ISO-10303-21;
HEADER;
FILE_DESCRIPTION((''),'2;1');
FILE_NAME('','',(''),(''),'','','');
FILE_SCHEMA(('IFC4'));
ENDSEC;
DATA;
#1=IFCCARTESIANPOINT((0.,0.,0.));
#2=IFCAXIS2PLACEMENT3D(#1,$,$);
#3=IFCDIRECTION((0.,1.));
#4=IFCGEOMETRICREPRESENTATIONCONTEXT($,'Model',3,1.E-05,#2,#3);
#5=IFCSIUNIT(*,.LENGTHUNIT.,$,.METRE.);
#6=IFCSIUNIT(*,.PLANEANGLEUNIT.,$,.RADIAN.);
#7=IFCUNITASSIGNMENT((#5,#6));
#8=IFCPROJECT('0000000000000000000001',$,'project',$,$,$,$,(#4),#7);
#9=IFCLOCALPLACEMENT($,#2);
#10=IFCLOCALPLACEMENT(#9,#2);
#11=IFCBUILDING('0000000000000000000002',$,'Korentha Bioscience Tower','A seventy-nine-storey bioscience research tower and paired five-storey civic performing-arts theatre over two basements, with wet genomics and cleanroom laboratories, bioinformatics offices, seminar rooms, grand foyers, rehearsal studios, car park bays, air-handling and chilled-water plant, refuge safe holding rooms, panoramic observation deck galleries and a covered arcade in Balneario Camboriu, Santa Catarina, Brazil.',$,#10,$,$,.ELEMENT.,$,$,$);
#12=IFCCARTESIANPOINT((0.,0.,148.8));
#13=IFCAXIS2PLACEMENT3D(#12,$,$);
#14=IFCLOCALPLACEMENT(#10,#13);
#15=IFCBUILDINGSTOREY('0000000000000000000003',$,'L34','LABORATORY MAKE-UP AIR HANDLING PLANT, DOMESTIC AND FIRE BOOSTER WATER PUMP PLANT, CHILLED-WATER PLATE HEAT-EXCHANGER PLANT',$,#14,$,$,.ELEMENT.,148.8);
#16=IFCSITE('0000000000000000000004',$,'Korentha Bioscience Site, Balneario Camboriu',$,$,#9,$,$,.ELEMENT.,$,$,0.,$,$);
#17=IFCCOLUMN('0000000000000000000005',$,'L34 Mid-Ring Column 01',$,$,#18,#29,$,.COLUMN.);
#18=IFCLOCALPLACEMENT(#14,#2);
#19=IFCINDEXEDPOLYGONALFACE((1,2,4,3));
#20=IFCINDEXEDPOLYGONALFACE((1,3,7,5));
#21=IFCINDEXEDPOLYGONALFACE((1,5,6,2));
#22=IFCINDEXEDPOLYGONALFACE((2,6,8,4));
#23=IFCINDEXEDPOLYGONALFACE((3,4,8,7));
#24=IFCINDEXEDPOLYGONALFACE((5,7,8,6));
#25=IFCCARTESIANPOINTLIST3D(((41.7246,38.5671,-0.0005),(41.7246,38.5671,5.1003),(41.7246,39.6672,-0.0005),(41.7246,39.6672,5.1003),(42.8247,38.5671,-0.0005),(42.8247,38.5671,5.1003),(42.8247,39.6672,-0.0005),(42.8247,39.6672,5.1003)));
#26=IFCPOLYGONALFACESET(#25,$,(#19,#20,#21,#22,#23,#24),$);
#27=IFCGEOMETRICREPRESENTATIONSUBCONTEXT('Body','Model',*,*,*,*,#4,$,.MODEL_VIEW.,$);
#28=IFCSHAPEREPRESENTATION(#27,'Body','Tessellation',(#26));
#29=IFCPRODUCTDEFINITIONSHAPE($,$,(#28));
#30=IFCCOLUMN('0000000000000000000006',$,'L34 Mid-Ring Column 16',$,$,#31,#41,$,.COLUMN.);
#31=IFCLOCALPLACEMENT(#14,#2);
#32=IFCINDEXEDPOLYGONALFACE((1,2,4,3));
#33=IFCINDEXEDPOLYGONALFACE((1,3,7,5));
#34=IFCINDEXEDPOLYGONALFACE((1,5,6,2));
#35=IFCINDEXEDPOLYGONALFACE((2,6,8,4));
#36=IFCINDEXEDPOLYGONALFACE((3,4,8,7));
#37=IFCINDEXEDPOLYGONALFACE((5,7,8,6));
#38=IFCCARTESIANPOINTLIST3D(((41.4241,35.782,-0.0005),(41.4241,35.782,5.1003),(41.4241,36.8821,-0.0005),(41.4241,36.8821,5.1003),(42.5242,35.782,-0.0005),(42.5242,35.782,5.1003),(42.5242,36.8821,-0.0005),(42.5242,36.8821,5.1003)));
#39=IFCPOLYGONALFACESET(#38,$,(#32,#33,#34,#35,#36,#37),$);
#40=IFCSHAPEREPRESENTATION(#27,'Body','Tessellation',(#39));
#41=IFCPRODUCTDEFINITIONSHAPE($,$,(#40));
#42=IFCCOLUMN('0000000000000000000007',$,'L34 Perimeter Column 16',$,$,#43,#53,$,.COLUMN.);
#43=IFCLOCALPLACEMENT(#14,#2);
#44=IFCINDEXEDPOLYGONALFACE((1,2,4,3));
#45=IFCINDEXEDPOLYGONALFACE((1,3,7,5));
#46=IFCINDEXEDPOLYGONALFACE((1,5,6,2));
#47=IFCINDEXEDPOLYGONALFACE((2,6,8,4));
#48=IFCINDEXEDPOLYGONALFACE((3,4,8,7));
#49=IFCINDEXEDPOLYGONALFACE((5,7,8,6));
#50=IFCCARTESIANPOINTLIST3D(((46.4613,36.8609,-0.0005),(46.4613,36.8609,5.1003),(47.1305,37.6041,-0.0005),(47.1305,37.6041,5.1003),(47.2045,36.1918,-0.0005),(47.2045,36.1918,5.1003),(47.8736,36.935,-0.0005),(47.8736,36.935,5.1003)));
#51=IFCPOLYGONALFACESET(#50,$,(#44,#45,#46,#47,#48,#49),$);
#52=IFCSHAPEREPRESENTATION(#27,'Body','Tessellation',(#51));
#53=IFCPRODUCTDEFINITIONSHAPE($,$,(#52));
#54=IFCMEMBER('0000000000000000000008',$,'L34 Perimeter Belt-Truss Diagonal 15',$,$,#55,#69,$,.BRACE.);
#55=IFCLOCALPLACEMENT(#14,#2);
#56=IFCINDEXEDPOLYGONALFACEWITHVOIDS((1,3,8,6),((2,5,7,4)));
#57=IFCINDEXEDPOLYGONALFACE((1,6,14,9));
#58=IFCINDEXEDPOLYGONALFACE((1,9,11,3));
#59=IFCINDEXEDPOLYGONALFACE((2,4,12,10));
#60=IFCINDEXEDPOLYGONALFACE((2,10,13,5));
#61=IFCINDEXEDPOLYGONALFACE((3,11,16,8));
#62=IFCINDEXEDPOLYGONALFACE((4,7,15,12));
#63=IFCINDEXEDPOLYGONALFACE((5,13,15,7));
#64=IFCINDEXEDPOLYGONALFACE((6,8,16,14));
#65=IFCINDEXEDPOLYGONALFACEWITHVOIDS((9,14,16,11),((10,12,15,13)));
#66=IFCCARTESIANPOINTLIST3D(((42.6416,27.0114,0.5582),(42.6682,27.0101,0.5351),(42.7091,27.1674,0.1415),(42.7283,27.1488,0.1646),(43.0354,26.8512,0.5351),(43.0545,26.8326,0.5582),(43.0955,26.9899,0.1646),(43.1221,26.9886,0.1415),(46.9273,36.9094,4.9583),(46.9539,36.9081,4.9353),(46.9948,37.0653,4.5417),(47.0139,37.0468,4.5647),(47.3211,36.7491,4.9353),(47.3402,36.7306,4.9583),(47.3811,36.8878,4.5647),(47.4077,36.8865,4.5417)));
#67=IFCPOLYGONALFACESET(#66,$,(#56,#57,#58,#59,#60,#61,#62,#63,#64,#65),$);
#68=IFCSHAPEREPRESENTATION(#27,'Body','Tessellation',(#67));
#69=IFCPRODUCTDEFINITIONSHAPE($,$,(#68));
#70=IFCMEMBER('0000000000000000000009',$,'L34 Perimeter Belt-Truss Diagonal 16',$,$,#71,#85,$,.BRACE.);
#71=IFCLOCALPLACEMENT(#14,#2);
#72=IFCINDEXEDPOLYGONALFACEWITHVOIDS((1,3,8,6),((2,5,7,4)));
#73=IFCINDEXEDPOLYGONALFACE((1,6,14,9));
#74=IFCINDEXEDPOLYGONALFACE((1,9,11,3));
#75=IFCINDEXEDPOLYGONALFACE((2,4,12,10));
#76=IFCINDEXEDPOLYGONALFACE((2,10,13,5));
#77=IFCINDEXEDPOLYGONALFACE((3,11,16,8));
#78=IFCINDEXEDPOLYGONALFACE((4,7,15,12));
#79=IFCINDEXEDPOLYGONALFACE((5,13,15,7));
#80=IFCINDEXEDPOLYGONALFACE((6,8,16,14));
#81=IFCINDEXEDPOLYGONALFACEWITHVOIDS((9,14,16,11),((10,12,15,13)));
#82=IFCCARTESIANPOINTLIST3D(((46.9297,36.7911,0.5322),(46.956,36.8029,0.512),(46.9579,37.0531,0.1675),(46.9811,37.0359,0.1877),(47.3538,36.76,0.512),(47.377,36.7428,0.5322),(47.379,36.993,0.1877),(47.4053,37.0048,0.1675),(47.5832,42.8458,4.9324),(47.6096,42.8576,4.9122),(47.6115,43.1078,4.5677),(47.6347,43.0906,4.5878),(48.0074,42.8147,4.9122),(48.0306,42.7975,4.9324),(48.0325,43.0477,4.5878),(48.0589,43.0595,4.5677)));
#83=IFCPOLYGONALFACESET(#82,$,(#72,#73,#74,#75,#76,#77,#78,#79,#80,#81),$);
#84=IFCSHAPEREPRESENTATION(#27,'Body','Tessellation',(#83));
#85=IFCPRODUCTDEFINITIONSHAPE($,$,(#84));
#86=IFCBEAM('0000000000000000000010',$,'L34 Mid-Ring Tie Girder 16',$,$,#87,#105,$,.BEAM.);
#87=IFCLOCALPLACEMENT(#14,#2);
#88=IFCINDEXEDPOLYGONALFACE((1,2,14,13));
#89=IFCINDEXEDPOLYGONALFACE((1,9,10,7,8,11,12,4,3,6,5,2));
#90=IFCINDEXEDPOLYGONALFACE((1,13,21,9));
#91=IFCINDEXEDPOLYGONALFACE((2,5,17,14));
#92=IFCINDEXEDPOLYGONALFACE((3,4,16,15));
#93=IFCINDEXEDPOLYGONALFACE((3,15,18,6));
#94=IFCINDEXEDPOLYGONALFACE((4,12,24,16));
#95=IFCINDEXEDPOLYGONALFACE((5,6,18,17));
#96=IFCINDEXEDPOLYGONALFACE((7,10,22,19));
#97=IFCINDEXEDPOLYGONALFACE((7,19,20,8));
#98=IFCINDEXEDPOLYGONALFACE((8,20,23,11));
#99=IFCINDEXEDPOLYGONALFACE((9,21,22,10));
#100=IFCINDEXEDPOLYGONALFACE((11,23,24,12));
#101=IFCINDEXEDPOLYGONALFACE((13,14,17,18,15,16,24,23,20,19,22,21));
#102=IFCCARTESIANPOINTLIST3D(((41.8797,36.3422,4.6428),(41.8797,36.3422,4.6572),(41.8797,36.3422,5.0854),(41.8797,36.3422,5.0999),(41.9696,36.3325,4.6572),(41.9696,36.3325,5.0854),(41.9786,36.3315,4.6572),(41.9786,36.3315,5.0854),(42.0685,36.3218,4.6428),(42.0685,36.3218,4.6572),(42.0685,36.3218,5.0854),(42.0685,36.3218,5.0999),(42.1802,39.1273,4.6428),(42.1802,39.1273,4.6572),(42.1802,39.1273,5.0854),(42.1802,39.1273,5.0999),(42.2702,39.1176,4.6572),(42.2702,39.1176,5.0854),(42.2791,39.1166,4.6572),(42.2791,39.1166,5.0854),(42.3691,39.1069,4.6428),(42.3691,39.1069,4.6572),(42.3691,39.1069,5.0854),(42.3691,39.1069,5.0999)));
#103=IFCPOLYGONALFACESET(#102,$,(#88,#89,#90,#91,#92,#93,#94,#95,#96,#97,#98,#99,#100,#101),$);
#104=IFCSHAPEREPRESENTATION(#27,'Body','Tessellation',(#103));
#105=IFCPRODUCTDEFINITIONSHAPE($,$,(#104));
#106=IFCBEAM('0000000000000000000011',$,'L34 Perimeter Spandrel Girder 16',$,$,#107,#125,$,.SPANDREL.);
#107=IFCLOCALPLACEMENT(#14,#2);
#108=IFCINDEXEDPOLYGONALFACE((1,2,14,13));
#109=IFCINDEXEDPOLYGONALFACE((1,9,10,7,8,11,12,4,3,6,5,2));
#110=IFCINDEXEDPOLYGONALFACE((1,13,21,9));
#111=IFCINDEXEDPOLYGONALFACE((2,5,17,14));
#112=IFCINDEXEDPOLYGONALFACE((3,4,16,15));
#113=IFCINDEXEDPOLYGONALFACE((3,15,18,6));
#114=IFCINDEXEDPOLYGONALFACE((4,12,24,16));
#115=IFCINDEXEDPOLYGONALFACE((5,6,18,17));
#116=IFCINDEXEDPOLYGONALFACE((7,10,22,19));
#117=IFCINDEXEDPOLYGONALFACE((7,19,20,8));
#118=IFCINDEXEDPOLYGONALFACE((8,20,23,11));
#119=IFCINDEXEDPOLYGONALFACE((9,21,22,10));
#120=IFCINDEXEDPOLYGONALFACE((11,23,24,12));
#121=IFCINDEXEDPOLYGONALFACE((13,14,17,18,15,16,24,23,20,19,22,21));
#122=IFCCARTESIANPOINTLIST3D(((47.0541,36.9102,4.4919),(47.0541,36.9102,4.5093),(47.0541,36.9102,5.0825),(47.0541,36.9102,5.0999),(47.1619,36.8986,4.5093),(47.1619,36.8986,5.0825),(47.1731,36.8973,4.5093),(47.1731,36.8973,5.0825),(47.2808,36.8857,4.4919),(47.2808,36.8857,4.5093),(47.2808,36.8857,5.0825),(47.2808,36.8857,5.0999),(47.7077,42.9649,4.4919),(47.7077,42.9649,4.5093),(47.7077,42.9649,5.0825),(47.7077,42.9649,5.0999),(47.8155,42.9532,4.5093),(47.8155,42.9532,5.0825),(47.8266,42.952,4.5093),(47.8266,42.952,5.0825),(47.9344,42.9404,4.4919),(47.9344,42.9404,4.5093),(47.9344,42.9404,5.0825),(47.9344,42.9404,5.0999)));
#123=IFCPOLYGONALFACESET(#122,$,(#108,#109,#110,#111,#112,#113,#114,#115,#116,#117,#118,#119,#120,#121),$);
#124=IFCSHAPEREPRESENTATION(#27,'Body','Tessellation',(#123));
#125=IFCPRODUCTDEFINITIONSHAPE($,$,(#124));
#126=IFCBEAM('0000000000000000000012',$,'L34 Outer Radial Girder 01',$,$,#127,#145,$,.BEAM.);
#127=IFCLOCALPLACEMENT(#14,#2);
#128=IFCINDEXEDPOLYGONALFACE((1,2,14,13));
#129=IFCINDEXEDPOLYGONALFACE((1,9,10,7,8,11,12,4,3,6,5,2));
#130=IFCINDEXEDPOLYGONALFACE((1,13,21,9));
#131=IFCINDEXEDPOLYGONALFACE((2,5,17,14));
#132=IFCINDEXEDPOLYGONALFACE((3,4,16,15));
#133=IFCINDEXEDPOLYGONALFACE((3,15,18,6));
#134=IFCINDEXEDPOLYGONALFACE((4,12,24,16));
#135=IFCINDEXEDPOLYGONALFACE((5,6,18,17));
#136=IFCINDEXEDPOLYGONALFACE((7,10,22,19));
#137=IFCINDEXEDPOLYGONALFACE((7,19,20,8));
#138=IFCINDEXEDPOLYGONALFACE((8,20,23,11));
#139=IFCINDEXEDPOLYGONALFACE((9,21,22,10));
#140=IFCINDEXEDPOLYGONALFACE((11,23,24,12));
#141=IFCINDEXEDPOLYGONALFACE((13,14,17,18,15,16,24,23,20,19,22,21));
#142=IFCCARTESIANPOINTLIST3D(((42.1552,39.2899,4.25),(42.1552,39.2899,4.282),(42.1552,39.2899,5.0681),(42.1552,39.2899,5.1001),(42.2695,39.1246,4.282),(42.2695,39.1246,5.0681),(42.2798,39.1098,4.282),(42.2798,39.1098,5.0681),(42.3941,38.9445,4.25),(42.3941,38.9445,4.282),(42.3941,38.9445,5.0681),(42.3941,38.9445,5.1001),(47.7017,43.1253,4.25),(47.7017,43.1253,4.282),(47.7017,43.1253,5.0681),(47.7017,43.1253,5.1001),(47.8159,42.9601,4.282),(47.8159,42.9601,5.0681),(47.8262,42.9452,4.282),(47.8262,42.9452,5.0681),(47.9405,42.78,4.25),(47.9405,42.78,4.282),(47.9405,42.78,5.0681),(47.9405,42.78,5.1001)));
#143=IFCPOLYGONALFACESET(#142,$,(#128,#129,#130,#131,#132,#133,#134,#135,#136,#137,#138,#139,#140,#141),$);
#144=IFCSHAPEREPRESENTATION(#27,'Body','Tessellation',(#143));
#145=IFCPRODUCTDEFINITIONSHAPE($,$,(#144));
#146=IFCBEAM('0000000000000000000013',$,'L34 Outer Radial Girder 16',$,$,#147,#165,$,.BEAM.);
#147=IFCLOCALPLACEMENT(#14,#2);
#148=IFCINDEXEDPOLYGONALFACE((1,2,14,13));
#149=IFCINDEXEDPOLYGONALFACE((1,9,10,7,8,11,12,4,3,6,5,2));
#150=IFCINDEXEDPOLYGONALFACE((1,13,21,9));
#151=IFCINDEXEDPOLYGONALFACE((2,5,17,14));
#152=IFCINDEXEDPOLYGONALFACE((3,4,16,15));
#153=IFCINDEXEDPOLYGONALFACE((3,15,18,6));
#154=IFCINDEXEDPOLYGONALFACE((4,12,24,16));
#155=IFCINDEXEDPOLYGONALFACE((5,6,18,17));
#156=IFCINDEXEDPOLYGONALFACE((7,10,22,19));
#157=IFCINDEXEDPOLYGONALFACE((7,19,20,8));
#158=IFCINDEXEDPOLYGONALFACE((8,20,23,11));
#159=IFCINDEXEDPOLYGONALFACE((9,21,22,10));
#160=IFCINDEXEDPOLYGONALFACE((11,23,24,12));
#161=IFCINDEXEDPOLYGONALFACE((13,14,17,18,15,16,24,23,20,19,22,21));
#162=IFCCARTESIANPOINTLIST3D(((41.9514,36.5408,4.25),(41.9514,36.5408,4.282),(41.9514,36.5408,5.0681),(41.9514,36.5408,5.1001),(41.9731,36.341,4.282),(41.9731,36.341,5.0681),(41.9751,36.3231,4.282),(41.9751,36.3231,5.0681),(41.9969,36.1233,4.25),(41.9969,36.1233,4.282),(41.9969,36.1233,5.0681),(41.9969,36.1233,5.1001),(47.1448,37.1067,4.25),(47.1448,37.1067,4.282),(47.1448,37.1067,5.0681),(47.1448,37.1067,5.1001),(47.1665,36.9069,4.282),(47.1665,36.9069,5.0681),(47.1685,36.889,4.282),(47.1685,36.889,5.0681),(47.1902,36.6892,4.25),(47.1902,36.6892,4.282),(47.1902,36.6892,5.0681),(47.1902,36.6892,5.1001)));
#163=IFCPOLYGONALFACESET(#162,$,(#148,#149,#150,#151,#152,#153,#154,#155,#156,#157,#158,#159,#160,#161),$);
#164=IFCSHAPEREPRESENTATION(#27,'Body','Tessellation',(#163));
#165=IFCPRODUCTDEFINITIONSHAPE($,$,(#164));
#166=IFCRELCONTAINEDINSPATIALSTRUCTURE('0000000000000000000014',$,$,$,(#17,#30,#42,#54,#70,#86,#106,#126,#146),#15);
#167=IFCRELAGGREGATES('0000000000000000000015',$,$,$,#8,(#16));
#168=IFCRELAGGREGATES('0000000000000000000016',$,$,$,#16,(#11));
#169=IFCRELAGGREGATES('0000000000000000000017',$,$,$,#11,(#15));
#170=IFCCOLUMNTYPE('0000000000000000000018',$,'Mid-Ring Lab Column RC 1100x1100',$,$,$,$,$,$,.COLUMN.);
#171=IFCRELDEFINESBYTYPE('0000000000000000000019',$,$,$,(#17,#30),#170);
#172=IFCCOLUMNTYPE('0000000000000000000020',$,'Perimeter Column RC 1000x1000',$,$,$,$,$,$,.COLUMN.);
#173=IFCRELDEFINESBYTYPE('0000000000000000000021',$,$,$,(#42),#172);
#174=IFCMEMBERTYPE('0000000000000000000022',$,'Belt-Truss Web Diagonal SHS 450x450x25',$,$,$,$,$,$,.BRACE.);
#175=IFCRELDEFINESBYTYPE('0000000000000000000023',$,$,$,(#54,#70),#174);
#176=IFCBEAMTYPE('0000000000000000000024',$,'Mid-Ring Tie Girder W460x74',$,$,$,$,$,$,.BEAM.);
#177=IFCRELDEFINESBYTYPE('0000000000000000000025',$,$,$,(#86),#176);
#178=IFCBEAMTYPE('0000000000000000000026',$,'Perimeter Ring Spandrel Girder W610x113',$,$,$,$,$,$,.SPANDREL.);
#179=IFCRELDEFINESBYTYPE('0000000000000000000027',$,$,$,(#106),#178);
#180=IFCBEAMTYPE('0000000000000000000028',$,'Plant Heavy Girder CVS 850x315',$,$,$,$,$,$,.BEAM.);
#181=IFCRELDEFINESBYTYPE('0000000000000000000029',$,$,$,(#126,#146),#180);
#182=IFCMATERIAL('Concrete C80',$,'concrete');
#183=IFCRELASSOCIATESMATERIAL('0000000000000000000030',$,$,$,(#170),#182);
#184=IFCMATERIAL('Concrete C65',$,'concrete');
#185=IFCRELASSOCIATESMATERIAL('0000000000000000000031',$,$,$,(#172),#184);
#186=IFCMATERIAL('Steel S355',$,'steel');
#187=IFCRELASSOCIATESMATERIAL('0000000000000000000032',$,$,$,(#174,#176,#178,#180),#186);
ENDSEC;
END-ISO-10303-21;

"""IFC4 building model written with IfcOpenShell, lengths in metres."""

from ifc_helpers import new_model, si_unit, direction, frame, origin, origin_2d, place, context, subcontext, project, spatial, rectangle, hollow_rectangle, i_section, extrude, material, material_profile, profile_set, type_object, element, save


model = new_model("IFC4")

# Units and contexts
model_context = context("Model", 3, precision=1e-05, world=origin(), true_north=direction((0.0, 1.0)))
body_context = subcontext(model_context, "Body", "Model", "MODEL_VIEW")
ifc_project = project(units=[si_unit("LENGTHUNIT", "METRE"), si_unit("PLANEANGLEUNIT", "RADIAN")], contexts=[model_context])

# Site, building, storey
site_placement = place(None, origin())
site = spatial("IfcSite", under=ifc_project, at=site_placement, Name="Korentha Bioscience Site, Balneario Camboriu", CompositionType="ELEMENT", RefElevation=0.0)
building_placement = place(site_placement, origin())
building = spatial("IfcBuilding", under=site, at=building_placement, Name="Korentha Bioscience Tower", Description="A seventy-nine-storey bioscience research tower and paired five-storey civic performing-arts theatre over two basements, with wet genomics and cleanroom laboratories, bioinformatics offices, seminar rooms, grand foyers, rehearsal studios, car park bays, air-handling and chilled-water plant, refuge safe holding rooms, panoramic observation deck galleries and a covered arcade in Balneario Camboriu, Santa Catarina, Brazil.", CompositionType="ELEMENT")
storey_placement = place(building_placement, frame((0.0, 0.0, 148.8)))
storey = spatial("IfcBuildingStorey", under=building, at=storey_placement, Name="L34", Description="LABORATORY MAKE-UP AIR HANDLING PLANT, DOMESTIC AND FIRE BOOSTER WATER PUMP PLANT, CHILLED-WATER PLATE HEAT-EXCHANGER PLANT", CompositionType="ELEMENT", Elevation=148.8)

# Columns
ifc_material_1 = material(Name="Concrete C80", Category="concrete")
ifc_material_profile_1 = material_profile(ifc_material_1, rectangle(XDim=1.1001, YDim=1.1001, at=origin_2d()), Name="Concrete C80")
ifc_profile_set_1 = profile_set([ifc_material_profile_1], Name="Concrete C80 (COL-MR11)")
column_type_1 = type_object("IfcColumnType", Name="Mid-Ring Lab Column RC 1100x1100", PredefinedType="COLUMN", material=ifc_profile_set_1)
for number, where, z_axis, x_axis, name in (
    (1, (42.2747, 39.1172, -0.0005), (0.0, 0.0, 1.0), (1.0, 0.0, 0.0), "L34 Mid-Ring Column 01"),
    (2, (41.9741, 36.332, -0.0005), (0.0, 0.0, 1.0), (1.0, 0.0, 0.0), "L34 Mid-Ring Column 16"),
):
    element("IfcColumn", number, at=place(storey_placement, frame(where, z_axis=z_axis, x_axis=x_axis)), inside=storey, type_object=column_type_1, Name=name, PredefinedType="COLUMN", context=body_context, shape_type="SweptSolid", body=[
        extrude(rectangle(XDim=1.1001, YDim=1.1001, at=origin_2d()), origin(), (0.0, 0.0, 1.0), 5.1008),
    ])
ifc_material_2 = material(Name="Concrete C65", Category="concrete")
ifc_material_profile_2 = material_profile(ifc_material_2, rectangle(XDim=1.0, YDim=1.0, at=origin_2d()), Name="Concrete C65")
ifc_profile_set_2 = profile_set([ifc_material_profile_2], Name="Concrete C65 (COL-P10)")
column_type_2 = type_object("IfcColumnType", Name="Perimeter Column RC 1000x1000", PredefinedType="COLUMN", material=ifc_profile_set_2)
column_placement = place(storey_placement, frame((47.1675, 36.8979, -0.0005), z_axis=(0.0, 0.0, 1.0), x_axis=(0.669131, 0.743145, 0.0)))
element("IfcColumn", 3, at=column_placement, inside=storey, type_object=column_type_2, Name="L34 Perimeter Column 16", PredefinedType="COLUMN", context=body_context, shape_type="SweptSolid", body=[
    extrude(rectangle(XDim=1.0, YDim=1.0, at=origin_2d()), origin(), (0.0, 0.0, 1.0), 5.1008),
])

# Members
ifc_material_3 = material(Name="Steel S355", Category="steel")
ifc_material_profile_3 = material_profile(ifc_material_3, hollow_rectangle(XDim=0.45, YDim=0.45, WallThickness=0.0249, at=origin_2d()), Name="Steel S355")
ifc_profile_set_3 = profile_set([ifc_material_profile_3], Name="Steel S355 (BT-D450)")
member_type = type_object("IfcMemberType", Name="Belt-Truss Web Diagonal SHS 450x450x25", PredefinedType="BRACE", material=ifc_profile_set_3)
member_1_placement = place(storey_placement, frame((42.8818, 27.0, 0.3499), z_axis=(0.3679, 0.849688, 0.37773), x_axis=(-0.917673, 0.397337, 0.0)))
element("IfcMember", 4, at=member_1_placement, inside=storey, type_object=member_type, Name="L34 Perimeter Belt-Truss Diagonal 15", PredefinedType="BRACE", context=body_context, shape_type="SweptSolid", body=[
    extrude(hollow_rectangle(XDim=0.45, YDim=0.45, WallThickness=0.0249, at=origin_2d()), origin(), (0.0, 0.0, 1.0), 11.6489),
])
member_2_placement = place(storey_placement, frame((47.1675, 36.8979, 0.3499), z_axis=(0.086989, 0.805877, 0.585658), x_axis=(-0.994225, 0.10732, 0.0)))
element("IfcMember", 5, at=member_2_placement, inside=storey, type_object=member_type, Name="L34 Perimeter Belt-Truss Diagonal 16", PredefinedType="BRACE", context=body_context, shape_type="SweptSolid", body=[
    extrude(hollow_rectangle(XDim=0.45, YDim=0.45, WallThickness=0.0249, at=origin_2d()), origin(), (0.0, 0.0, 1.0), 7.5132),
])

# Beams
ifc_material_profile_4 = material_profile(ifc_material_3, i_section(OverallWidth=0.1899, OverallDepth=0.457, WebThickness=0.009, FlangeThickness=0.0144, at=origin_2d()), Name="Steel S355")
ifc_profile_set_4 = profile_set([ifc_material_profile_4], Name="Steel S355 (MB-460)")
beam_type_1 = type_object("IfcBeamType", Name="Mid-Ring Tie Girder W460x74", PredefinedType="BEAM", material=ifc_profile_set_4)
beam_1_placement = place(storey_placement, frame((41.9741, 36.332, 4.8713), z_axis=(0.107284, 0.994228, 0.0), x_axis=(-0.994228, 0.107284, 0.0)))
element("IfcBeam", 6, at=beam_1_placement, inside=storey, type_object=beam_type_1, Name="L34 Mid-Ring Tie Girder 16", PredefinedType="BEAM", context=body_context, shape_type="SweptSolid", body=[
    extrude(i_section(OverallWidth=0.1899, OverallDepth=0.457, WebThickness=0.009, FlangeThickness=0.0144, at=origin_2d()), origin(), (0.0, 0.0, 1.0), 2.8013),
])
ifc_material_profile_5 = material_profile(ifc_material_3, i_section(OverallWidth=0.228, OverallDepth=0.6079, WebThickness=0.0112, FlangeThickness=0.0173, at=origin_2d()), Name="Steel S355")
ifc_profile_set_5 = profile_set([ifc_material_profile_5], Name="Steel S355 (SB-610)")
beam_type_2 = type_object("IfcBeamType", Name="Perimeter Ring Spandrel Girder W610x113", PredefinedType="SPANDREL", material=ifc_profile_set_5)
beam_2_placement = place(storey_placement, frame((47.1675, 36.8979, 4.7959), z_axis=(0.10732, 0.994225, 0.0), x_axis=(-0.994225, 0.10732, 0.0)))
element("IfcBeam", 7, at=beam_2_placement, inside=storey, type_object=beam_type_2, Name="L34 Perimeter Spandrel Girder 16", PredefinedType="SPANDREL", context=body_context, shape_type="SweptSolid", body=[
    extrude(i_section(OverallWidth=0.228, OverallDepth=0.6079, WebThickness=0.0112, FlangeThickness=0.0173, at=origin_2d()), origin(), (0.0, 0.0, 1.0), 6.0898),
])
ifc_material_profile_6 = material_profile(ifc_material_3, i_section(OverallWidth=0.4199, OverallDepth=0.8501, WebThickness=0.0181, FlangeThickness=0.032, at=origin_2d()), Name="Steel S355")
ifc_profile_set_6 = profile_set([ifc_material_profile_6], Name="Steel S355 (MB-850)")
beam_type_3 = type_object("IfcBeamType", Name="Plant Heavy Girder CVS 850x315", PredefinedType="BEAM", material=ifc_profile_set_6)
beam_3_placement = place(storey_placement, frame((42.2747, 39.1172, 4.675), z_axis=(0.822494, 0.568773, 0.0), x_axis=(-0.568773, 0.822494, 0.0)))
element("IfcBeam", 8, at=beam_3_placement, inside=storey, type_object=beam_type_3, Name="L34 Outer Radial Girder 01", PredefinedType="BEAM", context=body_context, shape_type="SweptSolid", body=[
    extrude(i_section(OverallWidth=0.4199, OverallDepth=0.8501, WebThickness=0.0181, FlangeThickness=0.032, at=origin_2d()), origin(), (0.0, 0.0, 1.0), 6.7434),
])
beam_4_placement = place(storey_placement, frame((41.9741, 36.332, 4.675), z_axis=(0.994115, 0.108328, 0.0), x_axis=(-0.108328, 0.994115, 0.0)))
element("IfcBeam", 9, at=beam_4_placement, inside=storey, type_object=beam_type_3, Name="L34 Outer Radial Girder 16", PredefinedType="BEAM", context=body_context, shape_type="SweptSolid", body=[
    extrude(i_section(OverallWidth=0.4199, OverallDepth=0.8501, WebThickness=0.0181, FlangeThickness=0.032, at=origin_2d()), origin(), (0.0, 0.0, 1.0), 5.2241),
])

save(model, "model.ifc")
